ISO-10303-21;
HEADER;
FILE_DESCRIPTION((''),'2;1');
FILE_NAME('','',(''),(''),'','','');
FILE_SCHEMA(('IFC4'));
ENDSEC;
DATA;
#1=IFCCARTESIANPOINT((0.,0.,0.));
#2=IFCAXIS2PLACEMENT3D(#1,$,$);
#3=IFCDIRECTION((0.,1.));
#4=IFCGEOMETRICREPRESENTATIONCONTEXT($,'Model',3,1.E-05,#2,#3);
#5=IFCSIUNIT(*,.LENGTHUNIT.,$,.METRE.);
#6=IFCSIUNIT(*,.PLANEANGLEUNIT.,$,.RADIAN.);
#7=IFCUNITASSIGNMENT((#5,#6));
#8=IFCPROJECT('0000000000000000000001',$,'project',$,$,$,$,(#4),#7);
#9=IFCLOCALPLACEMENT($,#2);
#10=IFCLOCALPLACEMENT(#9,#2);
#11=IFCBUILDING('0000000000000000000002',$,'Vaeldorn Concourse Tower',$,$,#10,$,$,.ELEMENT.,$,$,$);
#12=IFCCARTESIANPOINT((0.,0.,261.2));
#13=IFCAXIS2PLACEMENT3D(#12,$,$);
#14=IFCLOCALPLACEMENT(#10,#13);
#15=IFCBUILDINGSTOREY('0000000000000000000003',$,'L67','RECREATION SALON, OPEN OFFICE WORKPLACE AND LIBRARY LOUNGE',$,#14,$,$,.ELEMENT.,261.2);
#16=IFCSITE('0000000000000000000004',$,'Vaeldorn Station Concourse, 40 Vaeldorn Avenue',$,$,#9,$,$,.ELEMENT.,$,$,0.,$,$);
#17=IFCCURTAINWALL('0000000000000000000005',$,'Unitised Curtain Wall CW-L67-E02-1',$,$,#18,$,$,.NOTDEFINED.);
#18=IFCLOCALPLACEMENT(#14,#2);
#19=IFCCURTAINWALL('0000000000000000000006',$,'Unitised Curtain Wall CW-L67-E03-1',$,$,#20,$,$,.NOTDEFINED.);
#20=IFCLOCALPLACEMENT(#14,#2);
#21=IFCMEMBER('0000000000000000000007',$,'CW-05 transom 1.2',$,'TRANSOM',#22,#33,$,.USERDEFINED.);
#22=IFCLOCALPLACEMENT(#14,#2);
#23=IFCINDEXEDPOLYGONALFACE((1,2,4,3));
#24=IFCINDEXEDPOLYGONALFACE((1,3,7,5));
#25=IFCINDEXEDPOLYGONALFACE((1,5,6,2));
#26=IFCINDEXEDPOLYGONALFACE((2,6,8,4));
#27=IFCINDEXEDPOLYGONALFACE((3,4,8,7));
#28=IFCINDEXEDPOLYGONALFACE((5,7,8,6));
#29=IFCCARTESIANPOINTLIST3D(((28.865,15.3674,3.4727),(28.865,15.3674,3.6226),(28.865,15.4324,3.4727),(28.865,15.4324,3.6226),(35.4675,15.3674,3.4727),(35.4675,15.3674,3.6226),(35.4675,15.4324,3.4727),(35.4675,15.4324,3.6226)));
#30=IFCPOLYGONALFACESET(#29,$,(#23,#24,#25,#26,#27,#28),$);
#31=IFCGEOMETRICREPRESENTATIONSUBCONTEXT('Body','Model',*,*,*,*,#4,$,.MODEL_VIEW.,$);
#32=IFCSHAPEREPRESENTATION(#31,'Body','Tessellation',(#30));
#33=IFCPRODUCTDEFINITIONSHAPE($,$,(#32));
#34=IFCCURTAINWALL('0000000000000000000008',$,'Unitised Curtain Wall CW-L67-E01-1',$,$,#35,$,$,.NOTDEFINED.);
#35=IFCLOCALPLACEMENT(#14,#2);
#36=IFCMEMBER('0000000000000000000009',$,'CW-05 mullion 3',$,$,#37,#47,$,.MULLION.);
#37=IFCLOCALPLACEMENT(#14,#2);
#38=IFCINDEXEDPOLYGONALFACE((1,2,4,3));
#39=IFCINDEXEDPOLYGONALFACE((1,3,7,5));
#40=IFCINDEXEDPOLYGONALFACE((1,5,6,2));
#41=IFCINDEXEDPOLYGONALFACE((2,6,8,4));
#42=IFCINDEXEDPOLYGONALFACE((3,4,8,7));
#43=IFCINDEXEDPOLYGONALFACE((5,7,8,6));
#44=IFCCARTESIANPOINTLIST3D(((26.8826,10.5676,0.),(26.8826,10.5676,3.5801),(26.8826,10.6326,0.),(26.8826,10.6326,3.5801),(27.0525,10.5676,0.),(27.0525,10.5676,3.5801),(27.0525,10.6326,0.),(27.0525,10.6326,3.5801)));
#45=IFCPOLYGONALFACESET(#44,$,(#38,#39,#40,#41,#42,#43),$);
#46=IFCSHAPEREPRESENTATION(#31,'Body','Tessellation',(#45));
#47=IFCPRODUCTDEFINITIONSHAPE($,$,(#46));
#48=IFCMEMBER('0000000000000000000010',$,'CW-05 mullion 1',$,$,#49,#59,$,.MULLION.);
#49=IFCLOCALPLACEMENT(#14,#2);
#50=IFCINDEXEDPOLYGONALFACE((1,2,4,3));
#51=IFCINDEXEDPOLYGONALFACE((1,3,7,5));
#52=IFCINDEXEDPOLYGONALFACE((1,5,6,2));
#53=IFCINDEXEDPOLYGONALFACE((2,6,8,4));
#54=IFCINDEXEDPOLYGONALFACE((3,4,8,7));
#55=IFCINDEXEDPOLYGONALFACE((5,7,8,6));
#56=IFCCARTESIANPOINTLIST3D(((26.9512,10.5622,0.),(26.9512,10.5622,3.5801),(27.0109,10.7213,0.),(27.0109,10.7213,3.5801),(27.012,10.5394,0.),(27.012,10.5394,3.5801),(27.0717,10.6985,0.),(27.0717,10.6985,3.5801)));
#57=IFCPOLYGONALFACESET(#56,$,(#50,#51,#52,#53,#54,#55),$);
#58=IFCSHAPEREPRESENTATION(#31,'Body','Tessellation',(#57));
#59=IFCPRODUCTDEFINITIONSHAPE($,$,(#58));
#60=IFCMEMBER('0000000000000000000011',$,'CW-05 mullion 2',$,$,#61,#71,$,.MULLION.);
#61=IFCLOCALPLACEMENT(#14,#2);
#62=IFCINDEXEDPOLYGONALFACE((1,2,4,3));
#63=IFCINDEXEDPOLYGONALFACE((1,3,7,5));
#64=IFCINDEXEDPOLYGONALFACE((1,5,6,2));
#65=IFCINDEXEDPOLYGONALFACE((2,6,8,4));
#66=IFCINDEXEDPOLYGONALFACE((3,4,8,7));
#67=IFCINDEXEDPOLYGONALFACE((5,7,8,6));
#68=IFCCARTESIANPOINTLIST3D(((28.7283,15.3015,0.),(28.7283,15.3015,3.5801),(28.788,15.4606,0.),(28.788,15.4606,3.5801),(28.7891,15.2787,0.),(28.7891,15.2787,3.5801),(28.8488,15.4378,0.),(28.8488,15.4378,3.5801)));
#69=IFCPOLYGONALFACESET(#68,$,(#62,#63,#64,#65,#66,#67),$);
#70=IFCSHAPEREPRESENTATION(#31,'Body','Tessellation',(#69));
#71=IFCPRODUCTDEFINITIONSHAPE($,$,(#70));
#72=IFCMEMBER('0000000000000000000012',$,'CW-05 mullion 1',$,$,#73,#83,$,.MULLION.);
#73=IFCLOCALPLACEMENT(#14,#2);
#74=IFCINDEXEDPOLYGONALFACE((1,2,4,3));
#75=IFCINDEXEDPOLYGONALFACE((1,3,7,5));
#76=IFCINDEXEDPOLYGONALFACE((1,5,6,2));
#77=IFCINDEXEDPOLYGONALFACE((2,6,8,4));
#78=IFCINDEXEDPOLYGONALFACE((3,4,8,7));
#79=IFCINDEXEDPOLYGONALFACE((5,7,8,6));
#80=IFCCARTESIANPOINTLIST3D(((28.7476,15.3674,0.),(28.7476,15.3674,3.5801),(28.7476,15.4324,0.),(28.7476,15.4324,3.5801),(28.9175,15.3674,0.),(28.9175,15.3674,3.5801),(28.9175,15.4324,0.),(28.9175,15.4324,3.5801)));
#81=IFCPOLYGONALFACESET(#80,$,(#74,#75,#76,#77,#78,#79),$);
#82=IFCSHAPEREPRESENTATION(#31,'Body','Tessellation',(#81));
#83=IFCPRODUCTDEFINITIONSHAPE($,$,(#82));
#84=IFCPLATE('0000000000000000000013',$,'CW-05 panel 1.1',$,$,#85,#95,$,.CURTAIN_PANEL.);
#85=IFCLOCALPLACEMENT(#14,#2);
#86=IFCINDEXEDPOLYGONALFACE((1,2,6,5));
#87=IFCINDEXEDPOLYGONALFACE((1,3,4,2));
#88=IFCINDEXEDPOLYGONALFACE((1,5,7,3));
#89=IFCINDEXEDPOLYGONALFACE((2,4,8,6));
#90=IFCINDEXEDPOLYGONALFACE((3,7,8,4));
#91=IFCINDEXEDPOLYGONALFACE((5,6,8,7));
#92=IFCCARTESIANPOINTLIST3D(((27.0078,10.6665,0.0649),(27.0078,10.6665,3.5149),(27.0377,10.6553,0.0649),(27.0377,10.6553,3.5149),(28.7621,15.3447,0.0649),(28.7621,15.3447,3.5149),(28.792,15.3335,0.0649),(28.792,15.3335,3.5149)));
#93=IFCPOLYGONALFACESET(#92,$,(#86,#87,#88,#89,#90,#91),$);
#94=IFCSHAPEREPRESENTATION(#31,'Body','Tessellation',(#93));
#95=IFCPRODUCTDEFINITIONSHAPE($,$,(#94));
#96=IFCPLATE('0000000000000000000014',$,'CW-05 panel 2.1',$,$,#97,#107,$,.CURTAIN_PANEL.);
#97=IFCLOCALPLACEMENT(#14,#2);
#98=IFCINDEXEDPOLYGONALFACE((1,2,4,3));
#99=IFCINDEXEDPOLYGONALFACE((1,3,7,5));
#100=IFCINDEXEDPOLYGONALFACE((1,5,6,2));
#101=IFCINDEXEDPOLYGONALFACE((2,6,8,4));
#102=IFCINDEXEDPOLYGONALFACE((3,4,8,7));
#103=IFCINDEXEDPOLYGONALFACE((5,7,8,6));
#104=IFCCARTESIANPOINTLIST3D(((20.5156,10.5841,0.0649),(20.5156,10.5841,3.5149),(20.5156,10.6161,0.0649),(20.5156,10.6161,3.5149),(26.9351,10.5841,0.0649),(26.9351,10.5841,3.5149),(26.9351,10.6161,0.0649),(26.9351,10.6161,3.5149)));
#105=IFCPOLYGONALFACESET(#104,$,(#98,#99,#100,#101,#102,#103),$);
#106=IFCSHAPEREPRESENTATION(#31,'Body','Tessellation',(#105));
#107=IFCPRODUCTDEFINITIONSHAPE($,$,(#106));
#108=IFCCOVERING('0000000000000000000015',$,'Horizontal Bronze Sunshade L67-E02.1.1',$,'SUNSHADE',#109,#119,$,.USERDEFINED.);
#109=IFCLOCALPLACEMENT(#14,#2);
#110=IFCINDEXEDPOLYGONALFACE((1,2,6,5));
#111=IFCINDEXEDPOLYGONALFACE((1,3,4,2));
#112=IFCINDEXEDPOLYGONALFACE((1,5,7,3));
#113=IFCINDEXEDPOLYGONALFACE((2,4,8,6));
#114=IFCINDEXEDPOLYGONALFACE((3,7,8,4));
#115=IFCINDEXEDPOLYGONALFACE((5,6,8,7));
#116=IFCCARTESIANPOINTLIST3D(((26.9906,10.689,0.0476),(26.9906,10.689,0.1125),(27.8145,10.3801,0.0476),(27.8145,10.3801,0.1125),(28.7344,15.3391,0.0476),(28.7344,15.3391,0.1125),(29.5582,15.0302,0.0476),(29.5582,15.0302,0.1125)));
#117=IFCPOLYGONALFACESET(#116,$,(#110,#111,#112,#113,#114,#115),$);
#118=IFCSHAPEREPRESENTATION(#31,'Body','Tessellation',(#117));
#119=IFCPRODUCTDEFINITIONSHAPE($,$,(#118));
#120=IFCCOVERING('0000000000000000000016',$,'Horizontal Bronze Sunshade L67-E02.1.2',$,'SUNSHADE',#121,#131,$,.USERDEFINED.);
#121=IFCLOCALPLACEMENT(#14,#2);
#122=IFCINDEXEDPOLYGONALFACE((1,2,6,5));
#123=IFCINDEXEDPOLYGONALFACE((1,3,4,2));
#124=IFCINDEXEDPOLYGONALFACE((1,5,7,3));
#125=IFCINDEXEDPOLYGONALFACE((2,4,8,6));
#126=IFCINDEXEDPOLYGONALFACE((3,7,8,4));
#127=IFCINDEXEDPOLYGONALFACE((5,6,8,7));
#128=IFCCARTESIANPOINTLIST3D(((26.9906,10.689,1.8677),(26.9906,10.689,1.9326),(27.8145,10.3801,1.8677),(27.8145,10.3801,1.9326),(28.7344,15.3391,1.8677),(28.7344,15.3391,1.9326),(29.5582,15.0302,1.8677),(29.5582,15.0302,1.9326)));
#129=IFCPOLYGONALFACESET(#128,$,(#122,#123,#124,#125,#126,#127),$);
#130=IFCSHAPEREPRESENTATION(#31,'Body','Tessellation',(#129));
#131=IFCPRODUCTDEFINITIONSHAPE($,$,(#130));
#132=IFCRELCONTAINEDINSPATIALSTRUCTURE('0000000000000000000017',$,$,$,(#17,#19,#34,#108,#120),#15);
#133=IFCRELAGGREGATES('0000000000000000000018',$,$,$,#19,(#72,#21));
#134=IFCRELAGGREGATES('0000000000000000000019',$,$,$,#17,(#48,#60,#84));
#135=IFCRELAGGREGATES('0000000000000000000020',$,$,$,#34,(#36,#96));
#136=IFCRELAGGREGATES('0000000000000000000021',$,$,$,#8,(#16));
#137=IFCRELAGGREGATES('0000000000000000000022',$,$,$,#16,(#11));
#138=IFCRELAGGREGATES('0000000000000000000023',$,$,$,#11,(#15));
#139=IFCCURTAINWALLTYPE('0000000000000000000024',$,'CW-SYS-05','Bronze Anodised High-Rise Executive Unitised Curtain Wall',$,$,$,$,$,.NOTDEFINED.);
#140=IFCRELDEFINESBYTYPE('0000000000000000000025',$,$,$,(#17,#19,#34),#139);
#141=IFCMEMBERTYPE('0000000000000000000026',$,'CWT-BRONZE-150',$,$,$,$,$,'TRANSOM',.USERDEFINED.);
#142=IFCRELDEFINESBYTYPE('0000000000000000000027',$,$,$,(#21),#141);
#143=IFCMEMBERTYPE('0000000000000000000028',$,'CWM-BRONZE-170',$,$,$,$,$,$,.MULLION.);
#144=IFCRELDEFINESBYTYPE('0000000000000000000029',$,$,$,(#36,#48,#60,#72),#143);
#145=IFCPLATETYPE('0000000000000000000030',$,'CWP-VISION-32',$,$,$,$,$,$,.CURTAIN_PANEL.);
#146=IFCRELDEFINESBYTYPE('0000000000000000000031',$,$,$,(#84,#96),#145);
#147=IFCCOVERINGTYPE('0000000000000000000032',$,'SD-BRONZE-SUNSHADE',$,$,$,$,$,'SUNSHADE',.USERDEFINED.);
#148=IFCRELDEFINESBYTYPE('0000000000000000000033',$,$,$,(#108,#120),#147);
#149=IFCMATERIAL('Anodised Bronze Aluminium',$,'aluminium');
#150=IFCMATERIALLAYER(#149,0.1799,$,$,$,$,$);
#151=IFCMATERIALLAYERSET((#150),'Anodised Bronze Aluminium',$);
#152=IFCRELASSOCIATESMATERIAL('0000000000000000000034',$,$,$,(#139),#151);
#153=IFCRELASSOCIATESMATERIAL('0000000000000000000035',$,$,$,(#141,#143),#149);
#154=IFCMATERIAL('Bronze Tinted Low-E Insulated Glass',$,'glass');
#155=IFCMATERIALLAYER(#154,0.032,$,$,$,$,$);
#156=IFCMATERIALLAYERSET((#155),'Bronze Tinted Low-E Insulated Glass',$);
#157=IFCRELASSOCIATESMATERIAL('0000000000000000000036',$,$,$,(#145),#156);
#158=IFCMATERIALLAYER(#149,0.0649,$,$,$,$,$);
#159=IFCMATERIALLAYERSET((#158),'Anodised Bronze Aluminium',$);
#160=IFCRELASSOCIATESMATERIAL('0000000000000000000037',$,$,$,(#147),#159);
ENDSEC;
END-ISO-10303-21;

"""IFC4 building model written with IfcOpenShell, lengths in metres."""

from ifc_helpers import new_model, si_unit, direction, frame, origin, origin_2d, place, context, subcontext, project, spatial, rectangle, extrude, source, transform, mapped, material, layer, layer_set, material_profile, profile_set, type_object, element, aggregate, save


model = new_model("IFC4")

# Units and contexts
model_context = context("Model", 3, precision=1e-05, world=origin(), true_north=direction((0.0, 1.0)))
body_context = subcontext(model_context, "Body", "Model", "MODEL_VIEW")
ifc_project = project(units=[si_unit("LENGTHUNIT", "METRE"), si_unit("PLANEANGLEUNIT", "RADIAN")], contexts=[model_context])

# Site, building, storey
site_placement = place(None, origin())
site = spatial("IfcSite", under=ifc_project, at=site_placement, Name="Vaeldorn Station Concourse, 40 Vaeldorn Avenue", CompositionType="ELEMENT", RefElevation=0.0)
building_placement = place(site_placement, origin())
building = spatial("IfcBuilding", under=site, at=building_placement, Name="Vaeldorn Concourse Tower", CompositionType="ELEMENT")
storey_placement = place(building_placement, frame((0.0, 0.0, 261.2)))
storey = spatial("IfcBuildingStorey", under=building, at=storey_placement, Name="L67", Description="RECREATION SALON, OPEN OFFICE WORKPLACE AND LIBRARY LOUNGE", CompositionType="ELEMENT", Elevation=261.2)

# Curtain walls, member
ifc_material_1 = material(Name="Anodised Bronze Aluminium", Category="aluminium")
ifc_layer_1 = layer(ifc_material_1, 0.1799)
ifc_layer_set_1 = layer_set([ifc_layer_1], Name="Anodised Bronze Aluminium")
curtain_wall_type = type_object("IfcCurtainWallType", Name="CW-SYS-05", Description="Bronze Anodised High-Rise Executive Unitised Curtain Wall", PredefinedType="NOTDEFINED", material=ifc_layer_set_1)
curtain_wall_1_placement = place(storey_placement, origin())
curtain_wall_1 = element("IfcCurtainWall", 1, at=curtain_wall_1_placement, inside=storey, type_object=curtain_wall_type, Name="Unitised Curtain Wall CW-L67-E02-1", PredefinedType="NOTDEFINED")
ifc_material_profile_1 = material_profile(ifc_material_1, rectangle(XDim=0.0649, YDim=0.1499, at=origin_2d()), Name="CWT 65x150")
ifc_profile_set_1 = profile_set([ifc_material_profile_1], Name="Anodised Bronze Aluminium")
member_type_1 = type_object("IfcMemberType", Name="CWT-BRONZE-150", ElementType="TRANSOM", PredefinedType="USERDEFINED", material=ifc_profile_set_1)
curtain_wall_2_placement = place(storey_placement, origin())
curtain_wall_2 = element("IfcCurtainWall", 2, at=curtain_wall_2_placement, inside=storey, type_object=curtain_wall_type, Name="Unitised Curtain Wall CW-L67-E03-1", PredefinedType="NOTDEFINED")
shared_shape_1 = source(origin(), body_context, "Body", "SweptSolid", [
    extrude(rectangle(XDim=0.0649, YDim=0.1499, at=origin_2d()), origin(), (0.0, 0.0, 1.0), 6.6025),
])
member_1_placement = place(storey_placement, frame((28.865, 15.3999, 3.5476), z_axis=(1.0, 0.0, 0.0), x_axis=(0.0, 1.0, 0.0)))
member_1 = element("IfcMember", 3, at=member_1_placement, type_object=member_type_1, Name="CW-05 transom 1.2", ObjectType="TRANSOM", PredefinedType="USERDEFINED", context=body_context, shape_type="MappedRepresentation", body=[
    mapped(shared_shape_1, transform((0.0, 0.0, 0.0), scale=1.0)),
])

# Curtain wall, member
curtain_wall_3_placement = place(storey_placement, origin())
curtain_wall_3 = element("IfcCurtainWall", 4, at=curtain_wall_3_placement, inside=storey, type_object=curtain_wall_type, Name="Unitised Curtain Wall CW-L67-E01-1", PredefinedType="NOTDEFINED")
ifc_material_profile_2 = material_profile(ifc_material_1, rectangle(XDim=0.0649, YDim=0.1699, at=origin_2d()), Name="CWM 65x170")
ifc_profile_set_2 = profile_set([ifc_material_profile_2], Name="Anodised Bronze Aluminium")
member_type_2 = type_object("IfcMemberType", Name="CWM-BRONZE-170", PredefinedType="MULLION", material=ifc_profile_set_2)
shared_shape_2 = source(origin(), body_context, "Body", "SweptSolid", [
    extrude(rectangle(XDim=0.0649, YDim=0.1699, at=origin_2d()), origin(), (0.0, 0.0, 1.0), 3.5801),
])
member_2_placement = place(storey_placement, frame((26.9675, 10.6001, 0.0), z_axis=(0.0, 0.0, 1.0), x_axis=(0.0, 1.0, 0.0)))
member_2 = element("IfcMember", 5, at=member_2_placement, type_object=member_type_2, Name="CW-05 mullion 3", PredefinedType="MULLION", context=body_context, shape_type="MappedRepresentation", body=[
    mapped(shared_shape_2, transform((0.0, 0.0, 0.0), scale=1.0)),
])

# Members
member_3_placement = place(storey_placement, frame((27.0115, 10.6304, 0.0), z_axis=(0.0, 0.0, 1.0), x_axis=(-0.936329, 0.351123, 0.0)))
member_3 = element("IfcMember", 6, at=member_3_placement, type_object=member_type_2, Name="CW-05 mullion 1", PredefinedType="MULLION", context=body_context, shape_type="MappedRepresentation", body=[
    mapped(shared_shape_2, transform((0.0, 0.0, 0.0), scale=1.0)),
])
member_4_placement = place(storey_placement, frame((28.7886, 15.3696, 0.0), z_axis=(0.0, 0.0, 1.0), x_axis=(-0.936329, 0.351123, 0.0)))
member_4 = element("IfcMember", 7, at=member_4_placement, type_object=member_type_2, Name="CW-05 mullion 2", PredefinedType="MULLION", context=body_context, shape_type="MappedRepresentation", body=[
    mapped(shared_shape_2, transform((0.0, 0.0, 0.0), scale=1.0)),
])
member_5_placement = place(storey_placement, frame((28.8325, 15.3999, 0.0), z_axis=(0.0, 0.0, 1.0), x_axis=(0.0, 1.0, 0.0)))
member_5 = element("IfcMember", 8, at=member_5_placement, type_object=member_type_2, Name="CW-05 mullion 1", PredefinedType="MULLION", context=body_context, shape_type="MappedRepresentation", body=[
    mapped(shared_shape_2, transform((0.0, 0.0, 0.0), scale=1.0)),
])
aggregate(curtain_wall_2, [member_5, member_1])

# Plates
ifc_material_2 = material(Name="Bronze Tinted Low-E Insulated Glass", Category="glass")
ifc_layer_2 = layer(ifc_material_2, 0.032)
ifc_layer_set_2 = layer_set([ifc_layer_2], Name="Bronze Tinted Low-E Insulated Glass")
plate_type = type_object("IfcPlateType", Name="CWP-VISION-32", PredefinedType="CURTAIN_PANEL", material=ifc_layer_set_2)
shared_shape_3 = source(origin(), body_context, "Body", "SweptSolid", [
    extrude(rectangle(XDim=4.9963, YDim=0.032, at=origin_2d()), origin(), (0.0, 0.0, 1.0), 3.45),
])
plate_1_placement = place(storey_placement, frame((27.8999, 13.0, 0.0649), z_axis=(0.0, 0.0, 1.0), x_axis=(0.351123, 0.936329, 0.0)))
plate_1 = element("IfcPlate", 9, at=plate_1_placement, type_object=plate_type, Name="CW-05 panel 1.1", PredefinedType="CURTAIN_PANEL", context=body_context, shape_type="MappedRepresentation", body=[
    mapped(shared_shape_3, transform((0.0, 0.0, 0.0), scale=1.0)),
])
aggregate(curtain_wall_1, [member_3, member_4, plate_1])
shared_shape_4 = source(origin(), body_context, "Body", "SweptSolid", [
    extrude(rectangle(XDim=6.4194, YDim=0.032, at=origin_2d()), origin(), (0.0, 0.0, 1.0), 3.45),
])
plate_2_placement = place(storey_placement, frame((23.7253, 10.6001, 0.0649), z_axis=(0.0, 0.0, 1.0), x_axis=(1.0, 0.0, 0.0)))
plate_2 = element("IfcPlate", 10, at=plate_2_placement, type_object=plate_type, Name="CW-05 panel 2.1", PredefinedType="CURTAIN_PANEL", context=body_context, shape_type="MappedRepresentation", body=[
    mapped(shared_shape_4, transform((0.0, 0.0, 0.0), scale=1.0)),
])
aggregate(curtain_wall_3, [member_2, plate_2])

# Coverings
ifc_layer_3 = layer(ifc_material_1, 0.0649)
ifc_layer_set_3 = layer_set([ifc_layer_3], Name="Anodised Bronze Aluminium")
covering_type = type_object("IfcCoveringType", Name="SD-BRONZE-SUNSHADE", ElementType="SUNSHADE", PredefinedType="USERDEFINED", material=ifc_layer_set_3)
shared_shape_5 = source(origin(), body_context, "Body", "SweptSolid", [
    extrude(rectangle(XDim=4.9663, YDim=0.8799, at=origin_2d()), origin(), (0.0, 0.0, 1.0), 0.0649),
])
for number, where, z_axis, x_axis, name in (
    (11, (28.2744, 12.8596, 0.0476), (0.0, 0.0, 1.0), (0.351123, 0.936329, 0.0), "Horizontal Bronze Sunshade L67-E02.1.1"),
    (12, (28.2744, 12.8596, 1.8677), (0.0, 0.0, 1.0), (0.351123, 0.936329, 0.0), "Horizontal Bronze Sunshade L67-E02.1.2"),
):
    element("IfcCovering", number, at=place(storey_placement, frame(where, z_axis=z_axis, x_axis=x_axis)), inside=storey, type_object=covering_type, Name=name, ObjectType="SUNSHADE", PredefinedType="USERDEFINED", context=body_context, shape_type="MappedRepresentation", body=[
        mapped(shared_shape_5, transform((0.0, 0.0, 0.0), scale=1.0)),
    ])

save(model, "model.ifc")
